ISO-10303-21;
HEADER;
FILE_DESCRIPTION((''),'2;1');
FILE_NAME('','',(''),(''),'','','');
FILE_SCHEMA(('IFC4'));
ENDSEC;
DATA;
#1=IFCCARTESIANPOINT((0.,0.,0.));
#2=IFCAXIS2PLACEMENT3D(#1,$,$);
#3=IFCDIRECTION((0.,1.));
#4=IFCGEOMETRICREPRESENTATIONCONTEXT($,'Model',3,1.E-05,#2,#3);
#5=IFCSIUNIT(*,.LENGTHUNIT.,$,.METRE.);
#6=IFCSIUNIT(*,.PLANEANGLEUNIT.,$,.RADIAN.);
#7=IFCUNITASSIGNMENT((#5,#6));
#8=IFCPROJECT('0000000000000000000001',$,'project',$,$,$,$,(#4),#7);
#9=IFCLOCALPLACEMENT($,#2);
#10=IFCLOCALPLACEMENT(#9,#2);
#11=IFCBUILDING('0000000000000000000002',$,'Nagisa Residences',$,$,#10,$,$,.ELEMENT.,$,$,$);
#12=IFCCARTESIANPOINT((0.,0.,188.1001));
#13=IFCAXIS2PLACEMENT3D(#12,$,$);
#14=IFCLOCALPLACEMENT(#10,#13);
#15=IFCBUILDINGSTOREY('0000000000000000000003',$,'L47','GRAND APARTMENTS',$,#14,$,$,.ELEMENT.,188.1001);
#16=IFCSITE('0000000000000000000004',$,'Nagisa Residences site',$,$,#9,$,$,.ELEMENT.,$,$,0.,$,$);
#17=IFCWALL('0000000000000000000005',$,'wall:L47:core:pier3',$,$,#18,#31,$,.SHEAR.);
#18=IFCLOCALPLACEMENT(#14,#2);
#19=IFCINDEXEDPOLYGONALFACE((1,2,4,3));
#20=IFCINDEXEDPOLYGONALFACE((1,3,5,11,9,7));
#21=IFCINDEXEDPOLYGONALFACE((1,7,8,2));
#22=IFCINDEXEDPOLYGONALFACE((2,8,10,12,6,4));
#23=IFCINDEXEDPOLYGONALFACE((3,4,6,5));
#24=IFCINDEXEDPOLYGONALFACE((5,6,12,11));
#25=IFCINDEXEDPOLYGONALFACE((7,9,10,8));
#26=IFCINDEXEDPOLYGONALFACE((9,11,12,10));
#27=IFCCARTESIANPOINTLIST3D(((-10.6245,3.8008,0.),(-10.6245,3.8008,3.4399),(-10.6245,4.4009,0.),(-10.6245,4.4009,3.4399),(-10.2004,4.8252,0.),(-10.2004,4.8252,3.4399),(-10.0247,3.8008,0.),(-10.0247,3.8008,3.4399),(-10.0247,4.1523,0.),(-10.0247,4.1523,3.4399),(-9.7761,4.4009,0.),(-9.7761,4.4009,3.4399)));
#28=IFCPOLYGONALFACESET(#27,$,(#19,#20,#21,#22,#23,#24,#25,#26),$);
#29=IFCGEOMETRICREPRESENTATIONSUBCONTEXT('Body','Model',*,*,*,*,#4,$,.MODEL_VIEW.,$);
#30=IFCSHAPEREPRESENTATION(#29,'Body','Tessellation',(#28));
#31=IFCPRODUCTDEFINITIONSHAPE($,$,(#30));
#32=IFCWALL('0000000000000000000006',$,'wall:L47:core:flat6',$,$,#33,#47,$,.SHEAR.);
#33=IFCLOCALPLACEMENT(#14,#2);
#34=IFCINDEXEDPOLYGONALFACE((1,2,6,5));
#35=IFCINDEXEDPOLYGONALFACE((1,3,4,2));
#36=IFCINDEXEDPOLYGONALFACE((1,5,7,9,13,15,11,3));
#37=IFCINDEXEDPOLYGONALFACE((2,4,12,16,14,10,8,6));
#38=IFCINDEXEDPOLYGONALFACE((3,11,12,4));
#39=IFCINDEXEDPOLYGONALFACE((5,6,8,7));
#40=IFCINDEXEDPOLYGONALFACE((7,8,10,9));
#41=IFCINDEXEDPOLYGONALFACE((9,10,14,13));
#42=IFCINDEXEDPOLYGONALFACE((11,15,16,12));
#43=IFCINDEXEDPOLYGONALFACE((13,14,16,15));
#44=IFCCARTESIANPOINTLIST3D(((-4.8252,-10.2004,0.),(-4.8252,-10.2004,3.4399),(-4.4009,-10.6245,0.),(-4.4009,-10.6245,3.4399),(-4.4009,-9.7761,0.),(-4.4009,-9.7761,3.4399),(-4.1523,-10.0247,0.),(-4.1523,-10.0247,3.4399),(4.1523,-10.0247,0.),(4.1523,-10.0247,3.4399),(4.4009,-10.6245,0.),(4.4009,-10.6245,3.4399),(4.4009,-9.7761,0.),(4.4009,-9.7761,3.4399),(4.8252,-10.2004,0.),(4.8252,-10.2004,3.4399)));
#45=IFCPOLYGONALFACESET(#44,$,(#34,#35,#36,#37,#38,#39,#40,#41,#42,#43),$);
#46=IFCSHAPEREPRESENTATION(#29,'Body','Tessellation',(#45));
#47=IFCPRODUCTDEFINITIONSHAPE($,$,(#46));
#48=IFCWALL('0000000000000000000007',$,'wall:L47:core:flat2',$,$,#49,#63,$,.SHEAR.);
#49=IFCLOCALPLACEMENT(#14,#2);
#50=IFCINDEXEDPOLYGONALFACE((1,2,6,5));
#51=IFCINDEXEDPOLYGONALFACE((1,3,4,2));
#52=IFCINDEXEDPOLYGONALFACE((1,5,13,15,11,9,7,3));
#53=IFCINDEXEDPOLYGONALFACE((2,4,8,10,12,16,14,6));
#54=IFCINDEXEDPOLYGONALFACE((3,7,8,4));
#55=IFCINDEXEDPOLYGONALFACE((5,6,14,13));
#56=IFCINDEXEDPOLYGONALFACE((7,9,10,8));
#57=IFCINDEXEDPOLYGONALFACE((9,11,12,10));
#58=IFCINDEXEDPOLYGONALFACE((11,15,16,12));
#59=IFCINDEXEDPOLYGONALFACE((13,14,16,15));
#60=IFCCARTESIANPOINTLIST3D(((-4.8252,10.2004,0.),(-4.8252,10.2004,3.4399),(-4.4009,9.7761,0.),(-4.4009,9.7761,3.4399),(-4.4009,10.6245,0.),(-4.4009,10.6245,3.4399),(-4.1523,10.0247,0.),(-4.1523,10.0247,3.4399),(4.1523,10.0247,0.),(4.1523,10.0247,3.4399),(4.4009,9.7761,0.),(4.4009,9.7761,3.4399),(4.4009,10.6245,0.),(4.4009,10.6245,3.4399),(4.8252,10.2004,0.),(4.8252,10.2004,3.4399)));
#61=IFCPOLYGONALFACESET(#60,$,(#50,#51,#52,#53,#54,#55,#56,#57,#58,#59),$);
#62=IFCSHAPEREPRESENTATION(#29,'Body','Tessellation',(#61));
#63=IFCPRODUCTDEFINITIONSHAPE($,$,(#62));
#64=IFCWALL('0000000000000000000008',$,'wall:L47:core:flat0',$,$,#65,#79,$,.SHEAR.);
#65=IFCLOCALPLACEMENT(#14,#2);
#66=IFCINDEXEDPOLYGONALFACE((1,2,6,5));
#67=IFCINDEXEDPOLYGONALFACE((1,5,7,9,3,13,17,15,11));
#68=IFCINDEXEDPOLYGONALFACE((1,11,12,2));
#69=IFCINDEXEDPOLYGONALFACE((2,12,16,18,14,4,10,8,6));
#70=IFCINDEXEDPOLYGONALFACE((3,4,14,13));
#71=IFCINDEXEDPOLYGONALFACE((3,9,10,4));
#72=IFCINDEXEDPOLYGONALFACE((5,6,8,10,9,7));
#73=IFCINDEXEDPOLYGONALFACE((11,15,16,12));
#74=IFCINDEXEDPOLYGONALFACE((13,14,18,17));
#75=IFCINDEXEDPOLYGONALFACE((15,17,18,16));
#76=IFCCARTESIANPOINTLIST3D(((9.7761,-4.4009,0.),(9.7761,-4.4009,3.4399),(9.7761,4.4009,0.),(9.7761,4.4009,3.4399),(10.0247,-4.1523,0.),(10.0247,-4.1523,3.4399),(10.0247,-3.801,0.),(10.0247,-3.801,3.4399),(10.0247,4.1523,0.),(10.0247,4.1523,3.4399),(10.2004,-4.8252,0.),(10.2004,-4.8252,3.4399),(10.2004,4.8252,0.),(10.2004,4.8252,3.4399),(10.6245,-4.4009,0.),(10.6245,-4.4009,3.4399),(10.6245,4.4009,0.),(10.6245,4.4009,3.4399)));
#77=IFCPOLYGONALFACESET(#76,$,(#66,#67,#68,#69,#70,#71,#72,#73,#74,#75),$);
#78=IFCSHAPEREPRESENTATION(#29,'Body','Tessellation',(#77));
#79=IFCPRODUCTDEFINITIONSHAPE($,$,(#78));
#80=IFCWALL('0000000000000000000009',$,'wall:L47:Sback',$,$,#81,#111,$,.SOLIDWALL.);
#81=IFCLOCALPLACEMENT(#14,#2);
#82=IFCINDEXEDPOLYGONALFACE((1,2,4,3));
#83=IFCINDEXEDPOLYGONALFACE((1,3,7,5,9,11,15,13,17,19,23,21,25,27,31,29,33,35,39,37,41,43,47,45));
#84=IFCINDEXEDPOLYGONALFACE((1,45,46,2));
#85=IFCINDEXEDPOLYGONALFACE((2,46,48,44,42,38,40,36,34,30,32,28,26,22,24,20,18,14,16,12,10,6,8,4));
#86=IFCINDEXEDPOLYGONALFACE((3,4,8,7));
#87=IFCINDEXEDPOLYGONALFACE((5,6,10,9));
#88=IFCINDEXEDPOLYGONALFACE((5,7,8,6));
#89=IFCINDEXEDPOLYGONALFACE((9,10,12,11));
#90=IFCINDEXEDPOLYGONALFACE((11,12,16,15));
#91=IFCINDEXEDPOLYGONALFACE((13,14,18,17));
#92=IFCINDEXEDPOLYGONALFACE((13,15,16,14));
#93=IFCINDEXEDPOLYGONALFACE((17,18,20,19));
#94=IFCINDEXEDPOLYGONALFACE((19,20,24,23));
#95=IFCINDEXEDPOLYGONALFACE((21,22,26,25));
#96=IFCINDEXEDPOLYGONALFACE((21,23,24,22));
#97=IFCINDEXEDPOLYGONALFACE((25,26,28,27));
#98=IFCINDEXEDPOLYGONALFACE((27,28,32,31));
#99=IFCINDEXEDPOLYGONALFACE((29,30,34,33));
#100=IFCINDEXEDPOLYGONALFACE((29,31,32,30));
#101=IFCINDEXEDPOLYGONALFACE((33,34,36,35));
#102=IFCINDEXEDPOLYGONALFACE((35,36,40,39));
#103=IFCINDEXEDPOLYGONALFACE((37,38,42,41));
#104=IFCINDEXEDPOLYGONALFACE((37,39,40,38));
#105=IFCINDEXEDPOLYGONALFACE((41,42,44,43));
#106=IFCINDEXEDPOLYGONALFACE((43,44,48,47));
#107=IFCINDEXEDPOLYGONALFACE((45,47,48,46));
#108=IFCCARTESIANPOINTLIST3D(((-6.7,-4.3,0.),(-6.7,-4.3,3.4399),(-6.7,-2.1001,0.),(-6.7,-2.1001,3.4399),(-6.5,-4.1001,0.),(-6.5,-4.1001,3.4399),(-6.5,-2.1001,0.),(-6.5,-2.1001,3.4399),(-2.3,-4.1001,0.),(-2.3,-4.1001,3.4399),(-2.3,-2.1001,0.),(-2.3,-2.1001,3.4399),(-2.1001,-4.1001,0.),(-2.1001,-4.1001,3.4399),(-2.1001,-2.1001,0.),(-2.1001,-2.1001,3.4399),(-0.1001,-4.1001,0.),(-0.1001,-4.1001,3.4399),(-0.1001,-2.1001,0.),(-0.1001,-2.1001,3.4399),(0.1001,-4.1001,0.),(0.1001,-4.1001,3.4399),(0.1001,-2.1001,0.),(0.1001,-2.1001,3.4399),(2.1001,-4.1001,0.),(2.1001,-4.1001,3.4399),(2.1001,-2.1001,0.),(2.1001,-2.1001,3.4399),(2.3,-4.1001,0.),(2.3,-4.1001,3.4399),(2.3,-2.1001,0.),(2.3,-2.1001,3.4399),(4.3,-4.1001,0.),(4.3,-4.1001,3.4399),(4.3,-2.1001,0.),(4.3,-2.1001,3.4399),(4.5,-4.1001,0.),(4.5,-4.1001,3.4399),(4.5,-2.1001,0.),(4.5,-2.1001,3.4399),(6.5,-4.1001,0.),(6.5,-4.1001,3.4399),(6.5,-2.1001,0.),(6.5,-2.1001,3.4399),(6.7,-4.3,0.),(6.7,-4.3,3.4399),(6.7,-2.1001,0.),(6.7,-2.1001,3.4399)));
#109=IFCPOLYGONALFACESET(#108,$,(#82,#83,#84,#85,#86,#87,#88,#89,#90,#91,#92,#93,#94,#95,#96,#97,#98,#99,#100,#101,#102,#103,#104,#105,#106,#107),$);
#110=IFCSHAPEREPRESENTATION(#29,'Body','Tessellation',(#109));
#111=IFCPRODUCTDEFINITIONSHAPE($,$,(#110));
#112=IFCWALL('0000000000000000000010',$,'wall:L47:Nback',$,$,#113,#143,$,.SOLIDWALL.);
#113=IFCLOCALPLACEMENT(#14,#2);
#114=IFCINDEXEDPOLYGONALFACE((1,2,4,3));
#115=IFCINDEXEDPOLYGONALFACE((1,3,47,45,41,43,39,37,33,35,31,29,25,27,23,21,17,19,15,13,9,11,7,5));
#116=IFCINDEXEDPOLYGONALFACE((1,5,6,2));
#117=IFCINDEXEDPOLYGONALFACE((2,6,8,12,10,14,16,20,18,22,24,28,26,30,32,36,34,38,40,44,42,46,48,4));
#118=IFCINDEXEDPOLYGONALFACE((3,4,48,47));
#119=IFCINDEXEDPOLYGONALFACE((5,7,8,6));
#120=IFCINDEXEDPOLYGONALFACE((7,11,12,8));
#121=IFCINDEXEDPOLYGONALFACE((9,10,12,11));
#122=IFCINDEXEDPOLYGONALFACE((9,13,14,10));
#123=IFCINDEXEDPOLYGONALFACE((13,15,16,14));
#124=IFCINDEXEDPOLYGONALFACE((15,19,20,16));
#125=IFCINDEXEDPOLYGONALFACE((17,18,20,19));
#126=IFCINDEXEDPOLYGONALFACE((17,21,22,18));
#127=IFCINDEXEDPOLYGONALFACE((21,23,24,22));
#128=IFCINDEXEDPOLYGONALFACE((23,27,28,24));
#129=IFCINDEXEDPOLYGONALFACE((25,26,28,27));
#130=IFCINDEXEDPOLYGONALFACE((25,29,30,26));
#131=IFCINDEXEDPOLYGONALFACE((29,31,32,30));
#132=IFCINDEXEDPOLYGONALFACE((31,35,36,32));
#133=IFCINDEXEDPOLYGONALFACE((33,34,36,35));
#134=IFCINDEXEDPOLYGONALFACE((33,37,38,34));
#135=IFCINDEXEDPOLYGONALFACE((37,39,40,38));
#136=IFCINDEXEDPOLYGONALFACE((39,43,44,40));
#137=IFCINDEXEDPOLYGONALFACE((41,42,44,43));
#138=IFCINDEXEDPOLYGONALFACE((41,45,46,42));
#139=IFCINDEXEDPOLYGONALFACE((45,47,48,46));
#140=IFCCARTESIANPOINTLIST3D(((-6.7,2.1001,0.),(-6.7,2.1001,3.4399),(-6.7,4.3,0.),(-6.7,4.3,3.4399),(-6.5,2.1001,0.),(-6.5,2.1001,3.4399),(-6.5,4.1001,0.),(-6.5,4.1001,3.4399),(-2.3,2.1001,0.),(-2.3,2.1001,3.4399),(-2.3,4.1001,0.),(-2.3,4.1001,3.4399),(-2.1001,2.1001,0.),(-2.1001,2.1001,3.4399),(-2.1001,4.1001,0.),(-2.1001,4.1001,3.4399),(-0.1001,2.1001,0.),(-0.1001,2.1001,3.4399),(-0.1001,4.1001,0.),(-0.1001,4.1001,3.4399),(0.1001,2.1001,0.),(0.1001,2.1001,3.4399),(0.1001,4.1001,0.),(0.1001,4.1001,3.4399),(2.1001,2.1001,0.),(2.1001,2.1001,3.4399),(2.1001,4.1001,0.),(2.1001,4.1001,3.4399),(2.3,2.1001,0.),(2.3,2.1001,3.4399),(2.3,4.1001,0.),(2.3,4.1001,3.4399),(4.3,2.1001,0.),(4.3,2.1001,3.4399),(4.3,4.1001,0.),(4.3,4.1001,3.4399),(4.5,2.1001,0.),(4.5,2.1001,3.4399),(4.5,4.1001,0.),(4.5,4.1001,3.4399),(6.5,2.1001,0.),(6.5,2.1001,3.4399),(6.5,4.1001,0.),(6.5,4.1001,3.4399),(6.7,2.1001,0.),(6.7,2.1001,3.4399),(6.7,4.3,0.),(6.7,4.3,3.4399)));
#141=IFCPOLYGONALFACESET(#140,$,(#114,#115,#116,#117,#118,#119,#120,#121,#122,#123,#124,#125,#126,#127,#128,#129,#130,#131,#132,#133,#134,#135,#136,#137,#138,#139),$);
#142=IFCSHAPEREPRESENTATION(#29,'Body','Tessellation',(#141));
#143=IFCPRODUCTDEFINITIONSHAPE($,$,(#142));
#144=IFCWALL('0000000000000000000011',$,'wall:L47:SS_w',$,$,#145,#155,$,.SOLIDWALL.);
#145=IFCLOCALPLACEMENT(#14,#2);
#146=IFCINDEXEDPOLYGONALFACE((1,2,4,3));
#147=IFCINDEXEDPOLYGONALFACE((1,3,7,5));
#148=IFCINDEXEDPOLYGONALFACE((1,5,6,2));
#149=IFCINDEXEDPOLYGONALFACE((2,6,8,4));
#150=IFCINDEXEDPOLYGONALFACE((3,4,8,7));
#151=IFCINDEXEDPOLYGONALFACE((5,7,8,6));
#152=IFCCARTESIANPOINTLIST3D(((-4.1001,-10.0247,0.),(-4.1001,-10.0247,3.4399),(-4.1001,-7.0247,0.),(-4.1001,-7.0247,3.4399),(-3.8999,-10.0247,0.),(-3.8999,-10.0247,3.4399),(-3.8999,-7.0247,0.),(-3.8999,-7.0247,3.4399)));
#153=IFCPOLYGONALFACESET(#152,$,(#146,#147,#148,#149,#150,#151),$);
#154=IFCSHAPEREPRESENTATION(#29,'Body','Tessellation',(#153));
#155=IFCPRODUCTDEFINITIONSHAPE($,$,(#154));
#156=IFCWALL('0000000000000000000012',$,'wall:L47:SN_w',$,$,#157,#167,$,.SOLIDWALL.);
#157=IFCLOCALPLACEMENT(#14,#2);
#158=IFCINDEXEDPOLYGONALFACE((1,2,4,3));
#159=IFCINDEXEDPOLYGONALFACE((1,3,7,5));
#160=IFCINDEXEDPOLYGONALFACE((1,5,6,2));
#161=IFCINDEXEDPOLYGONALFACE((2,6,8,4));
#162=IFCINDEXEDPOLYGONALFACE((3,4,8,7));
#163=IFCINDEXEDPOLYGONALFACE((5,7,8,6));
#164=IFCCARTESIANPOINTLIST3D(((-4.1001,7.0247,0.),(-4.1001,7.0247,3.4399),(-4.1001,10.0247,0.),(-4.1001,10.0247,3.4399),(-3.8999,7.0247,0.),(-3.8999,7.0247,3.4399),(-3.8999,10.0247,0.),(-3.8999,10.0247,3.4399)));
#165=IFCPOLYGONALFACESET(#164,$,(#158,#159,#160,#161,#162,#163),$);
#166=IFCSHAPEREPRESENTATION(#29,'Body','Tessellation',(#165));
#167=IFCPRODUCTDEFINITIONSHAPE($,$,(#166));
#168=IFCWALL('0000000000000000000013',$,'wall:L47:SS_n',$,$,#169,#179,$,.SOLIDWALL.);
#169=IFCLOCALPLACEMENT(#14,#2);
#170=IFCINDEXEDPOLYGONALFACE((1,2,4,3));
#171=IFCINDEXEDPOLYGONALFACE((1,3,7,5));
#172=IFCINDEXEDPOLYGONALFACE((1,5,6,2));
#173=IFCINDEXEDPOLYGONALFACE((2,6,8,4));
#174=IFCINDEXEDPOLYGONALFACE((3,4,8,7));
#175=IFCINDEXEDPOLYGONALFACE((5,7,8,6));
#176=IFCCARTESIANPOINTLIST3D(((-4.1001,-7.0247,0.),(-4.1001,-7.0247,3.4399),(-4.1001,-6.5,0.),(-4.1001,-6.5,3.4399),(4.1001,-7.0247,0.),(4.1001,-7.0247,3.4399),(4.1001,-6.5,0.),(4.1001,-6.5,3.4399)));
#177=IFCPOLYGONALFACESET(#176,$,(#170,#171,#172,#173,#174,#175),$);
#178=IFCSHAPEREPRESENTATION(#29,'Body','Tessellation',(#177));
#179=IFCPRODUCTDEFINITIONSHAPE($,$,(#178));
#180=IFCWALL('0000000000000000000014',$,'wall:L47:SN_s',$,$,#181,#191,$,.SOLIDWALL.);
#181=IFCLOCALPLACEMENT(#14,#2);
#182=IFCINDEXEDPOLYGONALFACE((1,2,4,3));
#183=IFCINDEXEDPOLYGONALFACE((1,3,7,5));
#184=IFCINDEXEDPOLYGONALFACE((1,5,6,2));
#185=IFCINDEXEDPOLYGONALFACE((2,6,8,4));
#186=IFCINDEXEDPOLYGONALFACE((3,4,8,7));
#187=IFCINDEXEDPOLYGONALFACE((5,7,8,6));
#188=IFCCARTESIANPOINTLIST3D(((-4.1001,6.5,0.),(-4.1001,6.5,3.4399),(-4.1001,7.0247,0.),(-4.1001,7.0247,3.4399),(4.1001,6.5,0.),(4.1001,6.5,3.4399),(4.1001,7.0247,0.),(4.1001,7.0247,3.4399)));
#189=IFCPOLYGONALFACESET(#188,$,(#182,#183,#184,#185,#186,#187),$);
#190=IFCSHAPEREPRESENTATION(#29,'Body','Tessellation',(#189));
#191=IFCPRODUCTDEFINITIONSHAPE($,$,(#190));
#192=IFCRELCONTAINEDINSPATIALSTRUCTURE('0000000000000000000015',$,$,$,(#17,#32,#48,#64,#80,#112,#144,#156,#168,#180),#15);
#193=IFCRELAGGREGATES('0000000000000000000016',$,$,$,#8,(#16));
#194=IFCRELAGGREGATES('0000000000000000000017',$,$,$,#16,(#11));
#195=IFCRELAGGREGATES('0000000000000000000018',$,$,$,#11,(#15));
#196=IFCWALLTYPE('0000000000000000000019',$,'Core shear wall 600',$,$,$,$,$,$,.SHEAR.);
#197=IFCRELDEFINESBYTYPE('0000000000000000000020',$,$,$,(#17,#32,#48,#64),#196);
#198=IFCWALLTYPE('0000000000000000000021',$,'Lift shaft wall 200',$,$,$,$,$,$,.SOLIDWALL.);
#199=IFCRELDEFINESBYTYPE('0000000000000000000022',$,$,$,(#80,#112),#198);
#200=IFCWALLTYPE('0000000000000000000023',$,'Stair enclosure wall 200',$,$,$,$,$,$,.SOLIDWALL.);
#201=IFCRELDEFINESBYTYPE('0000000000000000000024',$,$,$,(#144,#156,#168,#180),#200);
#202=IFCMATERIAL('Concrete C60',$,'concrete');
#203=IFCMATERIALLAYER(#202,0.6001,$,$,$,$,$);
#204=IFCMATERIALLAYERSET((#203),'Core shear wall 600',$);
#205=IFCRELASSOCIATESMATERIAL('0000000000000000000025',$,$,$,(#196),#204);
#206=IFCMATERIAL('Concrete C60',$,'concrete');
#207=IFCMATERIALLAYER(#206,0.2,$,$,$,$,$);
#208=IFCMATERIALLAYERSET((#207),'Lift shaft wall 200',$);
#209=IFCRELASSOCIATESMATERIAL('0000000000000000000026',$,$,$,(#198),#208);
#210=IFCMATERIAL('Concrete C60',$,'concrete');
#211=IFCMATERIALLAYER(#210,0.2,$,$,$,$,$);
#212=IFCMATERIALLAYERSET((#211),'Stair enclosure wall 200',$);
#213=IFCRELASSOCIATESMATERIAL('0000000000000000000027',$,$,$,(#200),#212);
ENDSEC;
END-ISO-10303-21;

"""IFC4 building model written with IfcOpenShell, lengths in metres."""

from ifc_helpers import new_model, si_unit, direction, frame, origin, place, context, subcontext, project, spatial, polyline, outline, extrude, material, layer, layer_set, type_object, element, save


model = new_model("IFC4")

# Units and contexts
model_context = context("Model", 3, precision=1e-05, world=origin(), true_north=direction((0.0, 1.0)))
body_context = subcontext(model_context, "Body", "Model", "MODEL_VIEW")
ifc_project = project(units=[si_unit("LENGTHUNIT", "METRE"), si_unit("PLANEANGLEUNIT", "RADIAN")], contexts=[model_context])

# Site, building, storey
site_placement = place(None, origin())
site = spatial("IfcSite", under=ifc_project, at=site_placement, Name="Nagisa Residences site", CompositionType="ELEMENT", RefElevation=0.0)
building_placement = place(site_placement, origin())
building = spatial("IfcBuilding", under=site, at=building_placement, Name="Nagisa Residences", CompositionType="ELEMENT")
storey_placement = place(building_placement, frame((0.0, 0.0, 188.1001)))
storey = spatial("IfcBuildingStorey", under=building, at=storey_placement, Name="L47", Description="GRAND APARTMENTS", CompositionType="ELEMENT", Elevation=188.1001)

# Walls
ifc_material_1 = material(Name="Concrete C60", Category="concrete")
ifc_layer_1 = layer(ifc_material_1, 0.6001)
ifc_layer_set_1 = layer_set([ifc_layer_1], Name="Core shear wall 600")
wall_type_1 = type_object("IfcWallType", Name="Core shear wall 600", PredefinedType="SHEAR", material=ifc_layer_set_1)
wall_1_placement = place(storey_placement, origin())
element("IfcWall", 1, at=wall_1_placement, inside=storey, type_object=wall_type_1, Name="wall:L47:core:pier3", PredefinedType="SHEAR", context=body_context, shape_type="SweptSolid", body=[
    extrude(outline(polyline([(-10.2004, 4.8252), (-9.7761, 4.4009), (-10.0247, 4.1523), (-10.0247, 3.8008), (-10.6245, 3.8008), (-10.6245, 4.4009), (-10.2004, 4.8252)])), origin(), (0.0, 0.0, 1.0), 3.4399),
])
wall_2_placement = place(storey_placement, origin())
element("IfcWall", 2, at=wall_2_placement, inside=storey, type_object=wall_type_1, Name="wall:L47:core:flat6", PredefinedType="SHEAR", context=body_context, shape_type="SweptSolid", body=[
    extrude(outline(polyline([(-4.1523, -10.0247), (4.1523, -10.0247), (4.4009, -9.7761), (4.8252, -10.2004), (4.4009, -10.6245), (-4.4009, -10.6245), (-4.8252, -10.2004), (-4.4009, -9.7761), (-4.1523, -10.0247)])), origin(), (0.0, 0.0, 1.0), 3.4399),
])
wall_3_placement = place(storey_placement, origin())
element("IfcWall", 3, at=wall_3_placement, inside=storey, type_object=wall_type_1, Name="wall:L47:core:flat2", PredefinedType="SHEAR", context=body_context, shape_type="SweptSolid", body=[
    extrude(outline(polyline([(-4.1523, 10.0247), (-4.4009, 9.7761), (-4.8252, 10.2004), (-4.4009, 10.6245), (4.4009, 10.6245), (4.8252, 10.2004), (4.4009, 9.7761), (4.1523, 10.0247), (-4.1523, 10.0247)])), origin(), (0.0, 0.0, 1.0), 3.4399),
])
wall_4_placement = place(storey_placement, origin())
element("IfcWall", 4, at=wall_4_placement, inside=storey, type_object=wall_type_1, Name="wall:L47:core:flat0", PredefinedType="SHEAR", context=body_context, shape_type="SweptSolid", body=[
    extrude(outline(polyline([(9.7761, -4.4009), (10.0247, -4.1523), (10.0247, -3.801), (10.0247, 4.1523), (9.7761, 4.4009), (10.2004, 4.8252), (10.6245, 4.4009), (10.6245, -4.4009), (10.2004, -4.8252), (9.7761, -4.4009)])), origin(), (0.0, 0.0, 1.0), 3.4399),
])
ifc_material_2 = material(Name="Concrete C60", Category="concrete")
ifc_layer_2 = layer(ifc_material_2, 0.2)
ifc_layer_set_2 = layer_set([ifc_layer_2], Name="Lift shaft wall 200")
wall_type_2 = type_object("IfcWallType", Name="Lift shaft wall 200", PredefinedType="SOLIDWALL", material=ifc_layer_set_2)
wall_5_placement = place(storey_placement, origin())
element("IfcWall", 5, at=wall_5_placement, inside=storey, type_object=wall_type_2, Name="wall:L47:Sback", PredefinedType="SOLIDWALL", context=body_context, shape_type="SweptSolid", body=[
    extrude(outline(polyline([(-6.7, -2.1001), (-6.5, -2.1001), (-6.5, -4.1001), (-2.3, -4.1001), (-2.3, -2.1001), (-2.1001, -2.1001), (-2.1001, -4.1001), (-0.1001, -4.1001), (-0.1001, -2.1001), (0.1001, -2.1001), (0.1001, -4.1001), (2.1001, -4.1001), (2.1001, -2.1001), (2.3, -2.1001), (2.3, -4.1001), (4.3, -4.1001), (4.3, -2.1001), (4.5, -2.1001), (4.5, -4.1001), (6.5, -4.1001), (6.5, -2.1001), (6.7, -2.1001), (6.7, -4.3), (-6.7, -4.3), (-6.7, -2.1001)])), origin(), (0.0, 0.0, 1.0), 3.4399),
])
wall_6_placement = place(storey_placement, origin())
element("IfcWall", 6, at=wall_6_placement, inside=storey, type_object=wall_type_2, Name="wall:L47:Nback", PredefinedType="SOLIDWALL", context=body_context, shape_type="SweptSolid", body=[
    extrude(outline(polyline([(-6.7, 4.3), (6.7, 4.3), (6.7, 2.1001), (6.5, 2.1001), (6.5, 4.1001), (4.5, 4.1001), (4.5, 2.1001), (4.3, 2.1001), (4.3, 4.1001), (2.3, 4.1001), (2.3, 2.1001), (2.1001, 2.1001), (2.1001, 4.1001), (0.1001, 4.1001), (0.1001, 2.1001), (-0.1001, 2.1001), (-0.1001, 4.1001), (-2.1001, 4.1001), (-2.1001, 2.1001), (-2.3, 2.1001), (-2.3, 4.1001), (-6.5, 4.1001), (-6.5, 2.1001), (-6.7, 2.1001), (-6.7, 4.3)])), origin(), (0.0, 0.0, 1.0), 3.4399),
])
ifc_material_3 = material(Name="Concrete C60", Category="concrete")
ifc_layer_3 = layer(ifc_material_3, 0.2)
ifc_layer_set_3 = layer_set([ifc_layer_3], Name="Stair enclosure wall 200")
wall_type_3 = type_object("IfcWallType", Name="Stair enclosure wall 200", PredefinedType="SOLIDWALL", material=ifc_layer_set_3)
wall_7_placement = place(storey_placement, origin())
element("IfcWall", 7, at=wall_7_placement, inside=storey, type_object=wall_type_3, Name="wall:L47:SS_w", PredefinedType="SOLIDWALL", context=body_context, shape_type="SweptSolid", body=[
    extrude(outline(polyline([(-3.8999, -10.0247), (-4.1001, -10.0247), (-4.1001, -7.0247), (-3.8999, -7.0247), (-3.8999, -10.0247)])), origin(), (0.0, 0.0, 1.0), 3.4399),
])
wall_8_placement = place(storey_placement, origin())
element("IfcWall", 8, at=wall_8_placement, inside=storey, type_object=wall_type_3, Name="wall:L47:SN_w", PredefinedType="SOLIDWALL", context=body_context, shape_type="SweptSolid", body=[
    extrude(outline(polyline([(-3.8999, 7.0247), (-4.1001, 7.0247), (-4.1001, 10.0247), (-3.8999, 10.0247), (-3.8999, 7.0247)])), origin(), (0.0, 0.0, 1.0), 3.4399),
])
wall_9_placement = place(storey_placement, origin())
element("IfcWall", 9, at=wall_9_placement, inside=storey, type_object=wall_type_3, Name="wall:L47:SS_n", PredefinedType="SOLIDWALL", context=body_context, shape_type="SweptSolid", body=[
    extrude(outline(polyline([(4.1001, -7.0247), (-4.1001, -7.0247), (-4.1001, -6.5), (4.1001, -6.5), (4.1001, -7.0247)])), origin(), (0.0, 0.0, 1.0), 3.4399),
])
wall_10_placement = place(storey_placement, origin())
element("IfcWall", 10, at=wall_10_placement, inside=storey, type_object=wall_type_3, Name="wall:L47:SN_s", PredefinedType="SOLIDWALL", context=body_context, shape_type="SweptSolid", body=[
    extrude(outline(polyline([(4.1001, 6.5), (-4.1001, 6.5), (-4.1001, 7.0247), (4.1001, 7.0247), (4.1001, 6.5)])), origin(), (0.0, 0.0, 1.0), 3.4399),
])

save(model, "model.ifc")
